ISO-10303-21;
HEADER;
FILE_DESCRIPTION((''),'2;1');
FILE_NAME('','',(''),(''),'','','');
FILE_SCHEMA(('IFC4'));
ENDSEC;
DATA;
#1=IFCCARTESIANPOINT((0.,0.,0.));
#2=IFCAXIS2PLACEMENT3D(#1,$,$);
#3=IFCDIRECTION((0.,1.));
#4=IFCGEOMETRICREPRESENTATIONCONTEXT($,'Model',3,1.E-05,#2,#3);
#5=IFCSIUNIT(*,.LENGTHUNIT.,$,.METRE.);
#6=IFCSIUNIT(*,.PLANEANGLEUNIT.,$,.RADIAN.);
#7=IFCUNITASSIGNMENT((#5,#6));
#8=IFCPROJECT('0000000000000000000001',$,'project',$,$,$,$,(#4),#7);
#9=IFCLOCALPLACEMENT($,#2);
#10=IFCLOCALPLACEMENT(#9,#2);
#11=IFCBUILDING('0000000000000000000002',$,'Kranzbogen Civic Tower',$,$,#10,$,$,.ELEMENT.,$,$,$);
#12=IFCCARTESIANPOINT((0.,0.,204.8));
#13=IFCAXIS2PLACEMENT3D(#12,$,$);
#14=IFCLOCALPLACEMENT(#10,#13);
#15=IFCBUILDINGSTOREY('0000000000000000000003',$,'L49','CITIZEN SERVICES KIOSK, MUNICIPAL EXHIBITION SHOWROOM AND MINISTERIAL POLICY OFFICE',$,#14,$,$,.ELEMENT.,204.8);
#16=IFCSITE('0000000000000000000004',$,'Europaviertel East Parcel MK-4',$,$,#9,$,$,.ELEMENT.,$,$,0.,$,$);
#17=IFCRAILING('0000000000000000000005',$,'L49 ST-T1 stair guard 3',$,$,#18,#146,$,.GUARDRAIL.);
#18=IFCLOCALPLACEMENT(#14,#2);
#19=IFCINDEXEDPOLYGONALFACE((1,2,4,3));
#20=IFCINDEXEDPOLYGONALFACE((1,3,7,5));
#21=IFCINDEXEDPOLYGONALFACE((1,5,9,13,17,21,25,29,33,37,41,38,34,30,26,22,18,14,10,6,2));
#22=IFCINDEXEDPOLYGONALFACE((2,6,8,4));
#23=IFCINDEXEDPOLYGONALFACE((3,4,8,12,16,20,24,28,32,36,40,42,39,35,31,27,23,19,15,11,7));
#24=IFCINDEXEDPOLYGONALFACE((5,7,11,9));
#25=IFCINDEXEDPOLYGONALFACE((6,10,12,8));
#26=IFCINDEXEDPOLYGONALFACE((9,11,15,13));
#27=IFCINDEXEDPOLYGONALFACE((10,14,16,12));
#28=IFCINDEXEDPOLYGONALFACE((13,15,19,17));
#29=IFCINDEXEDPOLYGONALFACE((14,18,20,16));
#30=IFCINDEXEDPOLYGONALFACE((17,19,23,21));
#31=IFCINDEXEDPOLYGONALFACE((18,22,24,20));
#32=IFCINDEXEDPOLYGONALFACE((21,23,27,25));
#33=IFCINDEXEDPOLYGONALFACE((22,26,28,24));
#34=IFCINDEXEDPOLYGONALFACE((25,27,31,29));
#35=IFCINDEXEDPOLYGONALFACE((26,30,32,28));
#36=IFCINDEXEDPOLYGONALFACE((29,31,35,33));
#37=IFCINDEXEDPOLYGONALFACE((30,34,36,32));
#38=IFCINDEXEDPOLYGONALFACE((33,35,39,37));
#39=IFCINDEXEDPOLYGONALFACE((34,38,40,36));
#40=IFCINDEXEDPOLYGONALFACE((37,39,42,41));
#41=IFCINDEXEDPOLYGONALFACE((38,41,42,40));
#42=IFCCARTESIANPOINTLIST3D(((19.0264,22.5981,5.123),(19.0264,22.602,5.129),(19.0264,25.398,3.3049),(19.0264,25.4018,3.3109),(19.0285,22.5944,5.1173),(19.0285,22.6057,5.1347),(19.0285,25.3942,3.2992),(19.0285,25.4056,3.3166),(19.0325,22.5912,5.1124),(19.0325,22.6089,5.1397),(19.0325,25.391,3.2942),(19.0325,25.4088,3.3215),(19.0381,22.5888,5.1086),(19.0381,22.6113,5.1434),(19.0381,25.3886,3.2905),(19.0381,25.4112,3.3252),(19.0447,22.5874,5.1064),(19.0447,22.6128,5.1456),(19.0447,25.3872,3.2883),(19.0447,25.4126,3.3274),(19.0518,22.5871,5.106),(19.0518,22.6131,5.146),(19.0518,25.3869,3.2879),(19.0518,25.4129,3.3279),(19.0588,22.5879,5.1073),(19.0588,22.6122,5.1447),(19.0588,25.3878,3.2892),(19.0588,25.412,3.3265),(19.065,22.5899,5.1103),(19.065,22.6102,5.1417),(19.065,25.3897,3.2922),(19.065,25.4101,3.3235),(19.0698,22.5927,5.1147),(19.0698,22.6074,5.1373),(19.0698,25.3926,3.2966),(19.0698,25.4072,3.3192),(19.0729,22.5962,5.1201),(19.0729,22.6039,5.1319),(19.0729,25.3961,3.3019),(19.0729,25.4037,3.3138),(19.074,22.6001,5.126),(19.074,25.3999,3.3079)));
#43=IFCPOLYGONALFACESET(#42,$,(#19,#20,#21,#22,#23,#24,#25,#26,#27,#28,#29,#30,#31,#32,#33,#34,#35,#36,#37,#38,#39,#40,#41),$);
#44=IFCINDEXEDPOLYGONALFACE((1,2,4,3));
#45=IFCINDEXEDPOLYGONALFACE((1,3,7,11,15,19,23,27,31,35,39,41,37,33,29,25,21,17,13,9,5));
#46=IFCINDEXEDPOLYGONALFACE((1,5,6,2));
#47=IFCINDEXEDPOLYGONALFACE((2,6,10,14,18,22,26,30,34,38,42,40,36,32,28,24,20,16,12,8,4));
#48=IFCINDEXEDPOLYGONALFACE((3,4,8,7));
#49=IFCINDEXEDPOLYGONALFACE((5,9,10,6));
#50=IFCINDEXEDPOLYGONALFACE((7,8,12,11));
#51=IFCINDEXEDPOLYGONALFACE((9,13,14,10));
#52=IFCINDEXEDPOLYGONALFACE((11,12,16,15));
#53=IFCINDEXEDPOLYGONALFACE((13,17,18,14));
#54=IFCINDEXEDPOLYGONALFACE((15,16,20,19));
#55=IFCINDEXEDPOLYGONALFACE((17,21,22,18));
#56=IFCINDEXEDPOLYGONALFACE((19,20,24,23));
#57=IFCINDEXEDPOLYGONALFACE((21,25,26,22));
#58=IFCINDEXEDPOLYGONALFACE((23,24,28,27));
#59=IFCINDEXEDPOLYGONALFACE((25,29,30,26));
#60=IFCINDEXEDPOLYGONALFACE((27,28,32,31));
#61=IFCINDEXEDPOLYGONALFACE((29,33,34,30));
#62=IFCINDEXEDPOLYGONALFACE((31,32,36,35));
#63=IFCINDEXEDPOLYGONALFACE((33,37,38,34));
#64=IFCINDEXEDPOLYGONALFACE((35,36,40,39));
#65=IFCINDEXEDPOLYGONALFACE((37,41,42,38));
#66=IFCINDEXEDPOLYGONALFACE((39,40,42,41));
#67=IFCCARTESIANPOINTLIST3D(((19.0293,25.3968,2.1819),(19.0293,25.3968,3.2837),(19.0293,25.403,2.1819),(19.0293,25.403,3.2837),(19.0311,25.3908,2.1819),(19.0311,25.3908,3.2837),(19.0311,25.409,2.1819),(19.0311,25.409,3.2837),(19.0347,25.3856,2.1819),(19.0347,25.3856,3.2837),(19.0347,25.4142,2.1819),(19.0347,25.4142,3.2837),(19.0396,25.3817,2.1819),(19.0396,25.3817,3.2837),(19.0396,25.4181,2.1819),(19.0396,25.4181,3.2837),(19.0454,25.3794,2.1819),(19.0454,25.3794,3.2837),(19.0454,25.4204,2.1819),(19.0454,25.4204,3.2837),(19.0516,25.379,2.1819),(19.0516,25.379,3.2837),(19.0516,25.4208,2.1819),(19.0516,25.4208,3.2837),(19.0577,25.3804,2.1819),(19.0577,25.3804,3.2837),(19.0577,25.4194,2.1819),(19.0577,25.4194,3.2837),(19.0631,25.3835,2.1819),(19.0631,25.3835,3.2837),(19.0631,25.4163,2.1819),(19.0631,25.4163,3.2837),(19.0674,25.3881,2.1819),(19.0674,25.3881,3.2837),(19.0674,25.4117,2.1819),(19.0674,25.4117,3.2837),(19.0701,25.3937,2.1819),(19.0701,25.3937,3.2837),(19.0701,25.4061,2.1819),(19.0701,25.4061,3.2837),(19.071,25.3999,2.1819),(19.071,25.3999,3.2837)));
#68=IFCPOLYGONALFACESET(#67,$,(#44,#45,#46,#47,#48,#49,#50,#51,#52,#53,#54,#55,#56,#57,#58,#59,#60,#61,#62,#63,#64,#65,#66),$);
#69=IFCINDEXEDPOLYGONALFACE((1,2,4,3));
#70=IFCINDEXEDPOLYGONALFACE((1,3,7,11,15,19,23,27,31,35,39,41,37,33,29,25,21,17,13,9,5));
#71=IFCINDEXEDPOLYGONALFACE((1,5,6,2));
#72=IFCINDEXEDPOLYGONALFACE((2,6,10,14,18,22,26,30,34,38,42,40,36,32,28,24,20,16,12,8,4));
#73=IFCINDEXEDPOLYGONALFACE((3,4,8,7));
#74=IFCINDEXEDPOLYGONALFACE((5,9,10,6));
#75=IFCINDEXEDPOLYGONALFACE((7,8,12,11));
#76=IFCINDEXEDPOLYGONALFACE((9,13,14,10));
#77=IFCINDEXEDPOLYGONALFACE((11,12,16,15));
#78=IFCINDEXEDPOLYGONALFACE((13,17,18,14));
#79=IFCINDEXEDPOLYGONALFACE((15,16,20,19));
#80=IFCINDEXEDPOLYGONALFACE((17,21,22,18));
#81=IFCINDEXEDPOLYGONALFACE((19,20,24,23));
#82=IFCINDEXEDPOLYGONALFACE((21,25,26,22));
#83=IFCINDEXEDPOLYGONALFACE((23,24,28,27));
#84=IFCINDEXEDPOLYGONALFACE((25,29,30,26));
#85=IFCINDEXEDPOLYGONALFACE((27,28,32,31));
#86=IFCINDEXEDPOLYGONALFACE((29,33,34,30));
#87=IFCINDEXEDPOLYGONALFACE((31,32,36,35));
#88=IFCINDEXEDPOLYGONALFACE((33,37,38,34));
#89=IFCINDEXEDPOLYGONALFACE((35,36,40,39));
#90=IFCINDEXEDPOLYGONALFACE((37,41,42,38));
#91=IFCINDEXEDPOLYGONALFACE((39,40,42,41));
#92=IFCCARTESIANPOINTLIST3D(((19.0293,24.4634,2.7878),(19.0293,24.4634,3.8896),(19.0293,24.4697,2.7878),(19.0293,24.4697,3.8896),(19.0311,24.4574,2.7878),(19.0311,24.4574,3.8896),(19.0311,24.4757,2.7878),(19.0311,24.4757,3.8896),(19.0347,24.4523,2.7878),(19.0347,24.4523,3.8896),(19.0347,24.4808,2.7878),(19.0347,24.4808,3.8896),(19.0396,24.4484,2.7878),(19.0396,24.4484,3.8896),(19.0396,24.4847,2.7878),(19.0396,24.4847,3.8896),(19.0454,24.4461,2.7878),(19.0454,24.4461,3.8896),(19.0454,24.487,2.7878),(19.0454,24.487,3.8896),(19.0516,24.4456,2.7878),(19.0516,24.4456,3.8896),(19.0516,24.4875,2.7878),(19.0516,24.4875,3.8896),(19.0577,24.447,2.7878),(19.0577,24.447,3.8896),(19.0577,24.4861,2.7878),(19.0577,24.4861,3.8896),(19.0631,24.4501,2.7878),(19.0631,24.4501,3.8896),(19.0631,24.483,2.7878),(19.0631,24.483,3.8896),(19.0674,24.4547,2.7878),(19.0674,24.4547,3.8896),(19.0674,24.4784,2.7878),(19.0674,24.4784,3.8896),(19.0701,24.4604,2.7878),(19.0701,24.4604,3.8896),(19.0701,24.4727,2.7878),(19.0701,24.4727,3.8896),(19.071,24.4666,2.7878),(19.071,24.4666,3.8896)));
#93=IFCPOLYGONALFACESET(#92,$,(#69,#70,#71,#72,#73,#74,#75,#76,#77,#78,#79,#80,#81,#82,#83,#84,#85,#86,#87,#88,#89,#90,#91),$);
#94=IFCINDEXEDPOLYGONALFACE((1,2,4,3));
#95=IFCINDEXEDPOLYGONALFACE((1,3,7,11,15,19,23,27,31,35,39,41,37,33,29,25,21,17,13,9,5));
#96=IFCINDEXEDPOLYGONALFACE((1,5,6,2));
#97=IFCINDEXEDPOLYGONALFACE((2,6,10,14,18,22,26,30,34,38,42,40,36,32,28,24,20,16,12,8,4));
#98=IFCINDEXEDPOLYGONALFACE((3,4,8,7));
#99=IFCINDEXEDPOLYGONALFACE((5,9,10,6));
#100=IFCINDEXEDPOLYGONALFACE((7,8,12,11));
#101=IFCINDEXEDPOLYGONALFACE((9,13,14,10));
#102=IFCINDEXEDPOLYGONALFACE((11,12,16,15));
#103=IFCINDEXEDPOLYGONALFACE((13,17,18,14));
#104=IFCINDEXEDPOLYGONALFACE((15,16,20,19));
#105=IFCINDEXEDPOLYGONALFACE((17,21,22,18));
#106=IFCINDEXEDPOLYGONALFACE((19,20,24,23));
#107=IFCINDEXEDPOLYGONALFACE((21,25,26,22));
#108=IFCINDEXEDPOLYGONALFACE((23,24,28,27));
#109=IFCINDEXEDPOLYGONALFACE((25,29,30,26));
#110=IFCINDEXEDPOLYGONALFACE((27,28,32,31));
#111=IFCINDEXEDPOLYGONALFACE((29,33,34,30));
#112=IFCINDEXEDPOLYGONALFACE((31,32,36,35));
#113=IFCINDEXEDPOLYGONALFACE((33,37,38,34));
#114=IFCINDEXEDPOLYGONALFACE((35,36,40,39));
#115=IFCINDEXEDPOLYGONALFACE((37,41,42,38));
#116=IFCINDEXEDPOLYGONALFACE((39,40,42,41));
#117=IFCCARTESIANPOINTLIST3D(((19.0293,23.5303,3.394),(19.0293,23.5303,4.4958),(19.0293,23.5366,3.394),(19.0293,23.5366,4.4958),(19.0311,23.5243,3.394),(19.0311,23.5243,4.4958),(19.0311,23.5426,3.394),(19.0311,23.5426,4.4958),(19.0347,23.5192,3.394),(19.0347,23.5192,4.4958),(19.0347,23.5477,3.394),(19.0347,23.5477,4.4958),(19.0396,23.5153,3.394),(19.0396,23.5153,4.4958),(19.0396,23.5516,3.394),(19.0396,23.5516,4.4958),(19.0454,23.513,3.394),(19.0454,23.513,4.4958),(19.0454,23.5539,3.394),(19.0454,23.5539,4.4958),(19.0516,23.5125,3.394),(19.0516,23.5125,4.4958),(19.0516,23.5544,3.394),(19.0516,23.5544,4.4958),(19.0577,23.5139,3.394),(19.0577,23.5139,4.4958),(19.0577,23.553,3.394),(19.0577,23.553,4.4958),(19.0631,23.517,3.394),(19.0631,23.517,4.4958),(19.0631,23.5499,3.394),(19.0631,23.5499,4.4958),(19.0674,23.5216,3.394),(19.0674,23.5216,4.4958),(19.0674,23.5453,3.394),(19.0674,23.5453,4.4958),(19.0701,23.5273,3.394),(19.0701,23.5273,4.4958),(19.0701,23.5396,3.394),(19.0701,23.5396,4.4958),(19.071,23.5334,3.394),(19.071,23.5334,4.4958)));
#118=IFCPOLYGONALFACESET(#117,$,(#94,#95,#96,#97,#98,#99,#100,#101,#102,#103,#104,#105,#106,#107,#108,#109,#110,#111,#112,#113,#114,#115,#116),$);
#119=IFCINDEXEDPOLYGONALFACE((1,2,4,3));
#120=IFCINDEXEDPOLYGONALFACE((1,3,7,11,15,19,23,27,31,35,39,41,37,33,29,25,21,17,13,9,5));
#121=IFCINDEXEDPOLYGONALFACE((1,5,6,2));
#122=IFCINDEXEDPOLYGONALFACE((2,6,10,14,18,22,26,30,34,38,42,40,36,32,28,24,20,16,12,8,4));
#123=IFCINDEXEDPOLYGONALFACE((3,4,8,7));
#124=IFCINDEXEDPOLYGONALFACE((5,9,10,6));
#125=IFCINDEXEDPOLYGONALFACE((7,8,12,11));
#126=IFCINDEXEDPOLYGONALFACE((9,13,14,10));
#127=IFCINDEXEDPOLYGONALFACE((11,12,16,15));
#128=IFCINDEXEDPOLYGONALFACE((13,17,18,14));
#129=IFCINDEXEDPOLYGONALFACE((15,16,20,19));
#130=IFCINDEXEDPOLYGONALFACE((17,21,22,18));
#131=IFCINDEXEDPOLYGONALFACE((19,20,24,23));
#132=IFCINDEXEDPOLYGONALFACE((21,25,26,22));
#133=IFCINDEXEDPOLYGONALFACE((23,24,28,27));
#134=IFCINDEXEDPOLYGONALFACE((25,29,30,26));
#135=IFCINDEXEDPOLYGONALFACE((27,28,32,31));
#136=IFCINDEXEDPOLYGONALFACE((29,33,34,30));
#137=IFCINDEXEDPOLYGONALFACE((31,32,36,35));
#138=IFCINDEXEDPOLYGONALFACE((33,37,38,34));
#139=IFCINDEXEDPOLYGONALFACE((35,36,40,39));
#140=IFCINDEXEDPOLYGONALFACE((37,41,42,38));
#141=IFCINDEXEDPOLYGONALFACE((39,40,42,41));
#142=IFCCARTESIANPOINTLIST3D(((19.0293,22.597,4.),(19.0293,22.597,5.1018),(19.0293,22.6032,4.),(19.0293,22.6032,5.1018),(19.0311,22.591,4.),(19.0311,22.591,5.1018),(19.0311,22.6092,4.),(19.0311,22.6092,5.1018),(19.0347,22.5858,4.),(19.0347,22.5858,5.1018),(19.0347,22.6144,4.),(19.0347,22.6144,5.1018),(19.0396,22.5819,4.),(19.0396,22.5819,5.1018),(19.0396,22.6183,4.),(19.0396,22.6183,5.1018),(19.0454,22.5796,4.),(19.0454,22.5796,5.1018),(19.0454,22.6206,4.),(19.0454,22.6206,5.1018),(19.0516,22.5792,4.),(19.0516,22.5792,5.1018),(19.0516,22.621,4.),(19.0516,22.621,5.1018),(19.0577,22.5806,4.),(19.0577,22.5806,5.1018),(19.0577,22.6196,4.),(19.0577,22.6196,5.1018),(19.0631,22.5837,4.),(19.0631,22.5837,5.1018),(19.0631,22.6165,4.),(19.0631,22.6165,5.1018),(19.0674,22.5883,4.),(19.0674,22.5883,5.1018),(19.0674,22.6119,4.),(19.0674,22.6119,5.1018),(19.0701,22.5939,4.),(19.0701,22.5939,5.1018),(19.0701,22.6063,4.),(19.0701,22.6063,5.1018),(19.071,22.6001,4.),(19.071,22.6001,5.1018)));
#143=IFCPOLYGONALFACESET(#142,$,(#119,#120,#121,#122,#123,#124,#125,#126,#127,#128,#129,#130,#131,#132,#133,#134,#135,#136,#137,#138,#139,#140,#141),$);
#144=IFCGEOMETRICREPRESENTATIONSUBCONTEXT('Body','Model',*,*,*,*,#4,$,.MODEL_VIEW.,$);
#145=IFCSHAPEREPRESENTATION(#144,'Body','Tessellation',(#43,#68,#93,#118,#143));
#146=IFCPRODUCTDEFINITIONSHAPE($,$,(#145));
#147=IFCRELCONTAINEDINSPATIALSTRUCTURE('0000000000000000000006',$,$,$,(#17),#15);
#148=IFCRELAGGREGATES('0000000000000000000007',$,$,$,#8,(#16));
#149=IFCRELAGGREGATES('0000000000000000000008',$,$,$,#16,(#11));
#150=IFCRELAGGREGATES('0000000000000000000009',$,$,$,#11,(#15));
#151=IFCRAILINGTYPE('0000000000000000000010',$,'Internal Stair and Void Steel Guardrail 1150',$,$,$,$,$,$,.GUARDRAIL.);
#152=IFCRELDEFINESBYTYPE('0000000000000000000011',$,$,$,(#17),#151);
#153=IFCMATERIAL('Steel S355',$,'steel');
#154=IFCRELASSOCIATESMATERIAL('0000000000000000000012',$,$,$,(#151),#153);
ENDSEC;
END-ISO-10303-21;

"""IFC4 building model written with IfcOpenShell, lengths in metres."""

from ifc_helpers import new_model, si_unit, direction, frame, origin, origin_2d, place, context, subcontext, project, spatial, circle, extrude, material, type_object, element, save


model = new_model("IFC4")

# Units and contexts
model_context = context("Model", 3, precision=1e-05, world=origin(), true_north=direction((0.0, 1.0)))
body_context = subcontext(model_context, "Body", "Model", "MODEL_VIEW")
ifc_project = project(units=[si_unit("LENGTHUNIT", "METRE"), si_unit("PLANEANGLEUNIT", "RADIAN")], contexts=[model_context])

# Site, building, storey
site_placement = place(None, origin())
site = spatial("IfcSite", under=ifc_project, at=site_placement, Name="Europaviertel East Parcel MK-4", CompositionType="ELEMENT", RefElevation=0.0)
building_placement = place(site_placement, origin())
building = spatial("IfcBuilding", under=site, at=building_placement, Name="Kranzbogen Civic Tower", CompositionType="ELEMENT")
storey_placement = place(building_placement, frame((0.0, 0.0, 204.8)))
storey = spatial("IfcBuildingStorey", under=building, at=storey_placement, Name="L49", Description="CITIZEN SERVICES KIOSK, MUNICIPAL EXHIBITION SHOWROOM AND MINISTERIAL POLICY OFFICE", CompositionType="ELEMENT", Elevation=204.8)

# Shared definitions
ifc_material_1 = material(Name="Steel S355", Category="steel")

# Railing
railing_type_1 = type_object("IfcRailingType", Name="Internal Stair and Void Steel Guardrail 1150", PredefinedType="GUARDRAIL", material=ifc_material_1)
railing_1_placement = place(storey_placement, frame((19.05, 25.3999, 2.1819)))
element("IfcRailing", 1, at=railing_1_placement, inside=storey, type_object=railing_type_1, Name="L49 ST-T1 stair guard 3", PredefinedType="GUARDRAIL", context=body_context, shape_type="SweptSolid", body=[
    extrude(circle(Radius=0.0239, at=origin_2d()), frame((0.0, 0.0, 1.126), z_axis=(0.0, -0.838684, 0.544618), x_axis=(1.0, 0.0, 0.0)), (0.0, 0.0, 1.0), 3.3384),
    extrude(circle(Radius=0.021, at=origin_2d()), origin(), (0.0, 0.0, 1.0), 1.1018),
    extrude(circle(Radius=0.021, at=origin_2d()), frame((0.0, -0.9333, 0.606)), (0.0, 0.0, 1.0), 1.1018),
    extrude(circle(Radius=0.021, at=origin_2d()), frame((0.0, -1.8665, 1.2122)), (0.0, 0.0, 1.0), 1.1018),
    extrude(circle(Radius=0.021, at=origin_2d()), frame((0.0, -2.7998, 1.8181)), (0.0, 0.0, 1.0), 1.1018),
])

save(model, "model.ifc")
